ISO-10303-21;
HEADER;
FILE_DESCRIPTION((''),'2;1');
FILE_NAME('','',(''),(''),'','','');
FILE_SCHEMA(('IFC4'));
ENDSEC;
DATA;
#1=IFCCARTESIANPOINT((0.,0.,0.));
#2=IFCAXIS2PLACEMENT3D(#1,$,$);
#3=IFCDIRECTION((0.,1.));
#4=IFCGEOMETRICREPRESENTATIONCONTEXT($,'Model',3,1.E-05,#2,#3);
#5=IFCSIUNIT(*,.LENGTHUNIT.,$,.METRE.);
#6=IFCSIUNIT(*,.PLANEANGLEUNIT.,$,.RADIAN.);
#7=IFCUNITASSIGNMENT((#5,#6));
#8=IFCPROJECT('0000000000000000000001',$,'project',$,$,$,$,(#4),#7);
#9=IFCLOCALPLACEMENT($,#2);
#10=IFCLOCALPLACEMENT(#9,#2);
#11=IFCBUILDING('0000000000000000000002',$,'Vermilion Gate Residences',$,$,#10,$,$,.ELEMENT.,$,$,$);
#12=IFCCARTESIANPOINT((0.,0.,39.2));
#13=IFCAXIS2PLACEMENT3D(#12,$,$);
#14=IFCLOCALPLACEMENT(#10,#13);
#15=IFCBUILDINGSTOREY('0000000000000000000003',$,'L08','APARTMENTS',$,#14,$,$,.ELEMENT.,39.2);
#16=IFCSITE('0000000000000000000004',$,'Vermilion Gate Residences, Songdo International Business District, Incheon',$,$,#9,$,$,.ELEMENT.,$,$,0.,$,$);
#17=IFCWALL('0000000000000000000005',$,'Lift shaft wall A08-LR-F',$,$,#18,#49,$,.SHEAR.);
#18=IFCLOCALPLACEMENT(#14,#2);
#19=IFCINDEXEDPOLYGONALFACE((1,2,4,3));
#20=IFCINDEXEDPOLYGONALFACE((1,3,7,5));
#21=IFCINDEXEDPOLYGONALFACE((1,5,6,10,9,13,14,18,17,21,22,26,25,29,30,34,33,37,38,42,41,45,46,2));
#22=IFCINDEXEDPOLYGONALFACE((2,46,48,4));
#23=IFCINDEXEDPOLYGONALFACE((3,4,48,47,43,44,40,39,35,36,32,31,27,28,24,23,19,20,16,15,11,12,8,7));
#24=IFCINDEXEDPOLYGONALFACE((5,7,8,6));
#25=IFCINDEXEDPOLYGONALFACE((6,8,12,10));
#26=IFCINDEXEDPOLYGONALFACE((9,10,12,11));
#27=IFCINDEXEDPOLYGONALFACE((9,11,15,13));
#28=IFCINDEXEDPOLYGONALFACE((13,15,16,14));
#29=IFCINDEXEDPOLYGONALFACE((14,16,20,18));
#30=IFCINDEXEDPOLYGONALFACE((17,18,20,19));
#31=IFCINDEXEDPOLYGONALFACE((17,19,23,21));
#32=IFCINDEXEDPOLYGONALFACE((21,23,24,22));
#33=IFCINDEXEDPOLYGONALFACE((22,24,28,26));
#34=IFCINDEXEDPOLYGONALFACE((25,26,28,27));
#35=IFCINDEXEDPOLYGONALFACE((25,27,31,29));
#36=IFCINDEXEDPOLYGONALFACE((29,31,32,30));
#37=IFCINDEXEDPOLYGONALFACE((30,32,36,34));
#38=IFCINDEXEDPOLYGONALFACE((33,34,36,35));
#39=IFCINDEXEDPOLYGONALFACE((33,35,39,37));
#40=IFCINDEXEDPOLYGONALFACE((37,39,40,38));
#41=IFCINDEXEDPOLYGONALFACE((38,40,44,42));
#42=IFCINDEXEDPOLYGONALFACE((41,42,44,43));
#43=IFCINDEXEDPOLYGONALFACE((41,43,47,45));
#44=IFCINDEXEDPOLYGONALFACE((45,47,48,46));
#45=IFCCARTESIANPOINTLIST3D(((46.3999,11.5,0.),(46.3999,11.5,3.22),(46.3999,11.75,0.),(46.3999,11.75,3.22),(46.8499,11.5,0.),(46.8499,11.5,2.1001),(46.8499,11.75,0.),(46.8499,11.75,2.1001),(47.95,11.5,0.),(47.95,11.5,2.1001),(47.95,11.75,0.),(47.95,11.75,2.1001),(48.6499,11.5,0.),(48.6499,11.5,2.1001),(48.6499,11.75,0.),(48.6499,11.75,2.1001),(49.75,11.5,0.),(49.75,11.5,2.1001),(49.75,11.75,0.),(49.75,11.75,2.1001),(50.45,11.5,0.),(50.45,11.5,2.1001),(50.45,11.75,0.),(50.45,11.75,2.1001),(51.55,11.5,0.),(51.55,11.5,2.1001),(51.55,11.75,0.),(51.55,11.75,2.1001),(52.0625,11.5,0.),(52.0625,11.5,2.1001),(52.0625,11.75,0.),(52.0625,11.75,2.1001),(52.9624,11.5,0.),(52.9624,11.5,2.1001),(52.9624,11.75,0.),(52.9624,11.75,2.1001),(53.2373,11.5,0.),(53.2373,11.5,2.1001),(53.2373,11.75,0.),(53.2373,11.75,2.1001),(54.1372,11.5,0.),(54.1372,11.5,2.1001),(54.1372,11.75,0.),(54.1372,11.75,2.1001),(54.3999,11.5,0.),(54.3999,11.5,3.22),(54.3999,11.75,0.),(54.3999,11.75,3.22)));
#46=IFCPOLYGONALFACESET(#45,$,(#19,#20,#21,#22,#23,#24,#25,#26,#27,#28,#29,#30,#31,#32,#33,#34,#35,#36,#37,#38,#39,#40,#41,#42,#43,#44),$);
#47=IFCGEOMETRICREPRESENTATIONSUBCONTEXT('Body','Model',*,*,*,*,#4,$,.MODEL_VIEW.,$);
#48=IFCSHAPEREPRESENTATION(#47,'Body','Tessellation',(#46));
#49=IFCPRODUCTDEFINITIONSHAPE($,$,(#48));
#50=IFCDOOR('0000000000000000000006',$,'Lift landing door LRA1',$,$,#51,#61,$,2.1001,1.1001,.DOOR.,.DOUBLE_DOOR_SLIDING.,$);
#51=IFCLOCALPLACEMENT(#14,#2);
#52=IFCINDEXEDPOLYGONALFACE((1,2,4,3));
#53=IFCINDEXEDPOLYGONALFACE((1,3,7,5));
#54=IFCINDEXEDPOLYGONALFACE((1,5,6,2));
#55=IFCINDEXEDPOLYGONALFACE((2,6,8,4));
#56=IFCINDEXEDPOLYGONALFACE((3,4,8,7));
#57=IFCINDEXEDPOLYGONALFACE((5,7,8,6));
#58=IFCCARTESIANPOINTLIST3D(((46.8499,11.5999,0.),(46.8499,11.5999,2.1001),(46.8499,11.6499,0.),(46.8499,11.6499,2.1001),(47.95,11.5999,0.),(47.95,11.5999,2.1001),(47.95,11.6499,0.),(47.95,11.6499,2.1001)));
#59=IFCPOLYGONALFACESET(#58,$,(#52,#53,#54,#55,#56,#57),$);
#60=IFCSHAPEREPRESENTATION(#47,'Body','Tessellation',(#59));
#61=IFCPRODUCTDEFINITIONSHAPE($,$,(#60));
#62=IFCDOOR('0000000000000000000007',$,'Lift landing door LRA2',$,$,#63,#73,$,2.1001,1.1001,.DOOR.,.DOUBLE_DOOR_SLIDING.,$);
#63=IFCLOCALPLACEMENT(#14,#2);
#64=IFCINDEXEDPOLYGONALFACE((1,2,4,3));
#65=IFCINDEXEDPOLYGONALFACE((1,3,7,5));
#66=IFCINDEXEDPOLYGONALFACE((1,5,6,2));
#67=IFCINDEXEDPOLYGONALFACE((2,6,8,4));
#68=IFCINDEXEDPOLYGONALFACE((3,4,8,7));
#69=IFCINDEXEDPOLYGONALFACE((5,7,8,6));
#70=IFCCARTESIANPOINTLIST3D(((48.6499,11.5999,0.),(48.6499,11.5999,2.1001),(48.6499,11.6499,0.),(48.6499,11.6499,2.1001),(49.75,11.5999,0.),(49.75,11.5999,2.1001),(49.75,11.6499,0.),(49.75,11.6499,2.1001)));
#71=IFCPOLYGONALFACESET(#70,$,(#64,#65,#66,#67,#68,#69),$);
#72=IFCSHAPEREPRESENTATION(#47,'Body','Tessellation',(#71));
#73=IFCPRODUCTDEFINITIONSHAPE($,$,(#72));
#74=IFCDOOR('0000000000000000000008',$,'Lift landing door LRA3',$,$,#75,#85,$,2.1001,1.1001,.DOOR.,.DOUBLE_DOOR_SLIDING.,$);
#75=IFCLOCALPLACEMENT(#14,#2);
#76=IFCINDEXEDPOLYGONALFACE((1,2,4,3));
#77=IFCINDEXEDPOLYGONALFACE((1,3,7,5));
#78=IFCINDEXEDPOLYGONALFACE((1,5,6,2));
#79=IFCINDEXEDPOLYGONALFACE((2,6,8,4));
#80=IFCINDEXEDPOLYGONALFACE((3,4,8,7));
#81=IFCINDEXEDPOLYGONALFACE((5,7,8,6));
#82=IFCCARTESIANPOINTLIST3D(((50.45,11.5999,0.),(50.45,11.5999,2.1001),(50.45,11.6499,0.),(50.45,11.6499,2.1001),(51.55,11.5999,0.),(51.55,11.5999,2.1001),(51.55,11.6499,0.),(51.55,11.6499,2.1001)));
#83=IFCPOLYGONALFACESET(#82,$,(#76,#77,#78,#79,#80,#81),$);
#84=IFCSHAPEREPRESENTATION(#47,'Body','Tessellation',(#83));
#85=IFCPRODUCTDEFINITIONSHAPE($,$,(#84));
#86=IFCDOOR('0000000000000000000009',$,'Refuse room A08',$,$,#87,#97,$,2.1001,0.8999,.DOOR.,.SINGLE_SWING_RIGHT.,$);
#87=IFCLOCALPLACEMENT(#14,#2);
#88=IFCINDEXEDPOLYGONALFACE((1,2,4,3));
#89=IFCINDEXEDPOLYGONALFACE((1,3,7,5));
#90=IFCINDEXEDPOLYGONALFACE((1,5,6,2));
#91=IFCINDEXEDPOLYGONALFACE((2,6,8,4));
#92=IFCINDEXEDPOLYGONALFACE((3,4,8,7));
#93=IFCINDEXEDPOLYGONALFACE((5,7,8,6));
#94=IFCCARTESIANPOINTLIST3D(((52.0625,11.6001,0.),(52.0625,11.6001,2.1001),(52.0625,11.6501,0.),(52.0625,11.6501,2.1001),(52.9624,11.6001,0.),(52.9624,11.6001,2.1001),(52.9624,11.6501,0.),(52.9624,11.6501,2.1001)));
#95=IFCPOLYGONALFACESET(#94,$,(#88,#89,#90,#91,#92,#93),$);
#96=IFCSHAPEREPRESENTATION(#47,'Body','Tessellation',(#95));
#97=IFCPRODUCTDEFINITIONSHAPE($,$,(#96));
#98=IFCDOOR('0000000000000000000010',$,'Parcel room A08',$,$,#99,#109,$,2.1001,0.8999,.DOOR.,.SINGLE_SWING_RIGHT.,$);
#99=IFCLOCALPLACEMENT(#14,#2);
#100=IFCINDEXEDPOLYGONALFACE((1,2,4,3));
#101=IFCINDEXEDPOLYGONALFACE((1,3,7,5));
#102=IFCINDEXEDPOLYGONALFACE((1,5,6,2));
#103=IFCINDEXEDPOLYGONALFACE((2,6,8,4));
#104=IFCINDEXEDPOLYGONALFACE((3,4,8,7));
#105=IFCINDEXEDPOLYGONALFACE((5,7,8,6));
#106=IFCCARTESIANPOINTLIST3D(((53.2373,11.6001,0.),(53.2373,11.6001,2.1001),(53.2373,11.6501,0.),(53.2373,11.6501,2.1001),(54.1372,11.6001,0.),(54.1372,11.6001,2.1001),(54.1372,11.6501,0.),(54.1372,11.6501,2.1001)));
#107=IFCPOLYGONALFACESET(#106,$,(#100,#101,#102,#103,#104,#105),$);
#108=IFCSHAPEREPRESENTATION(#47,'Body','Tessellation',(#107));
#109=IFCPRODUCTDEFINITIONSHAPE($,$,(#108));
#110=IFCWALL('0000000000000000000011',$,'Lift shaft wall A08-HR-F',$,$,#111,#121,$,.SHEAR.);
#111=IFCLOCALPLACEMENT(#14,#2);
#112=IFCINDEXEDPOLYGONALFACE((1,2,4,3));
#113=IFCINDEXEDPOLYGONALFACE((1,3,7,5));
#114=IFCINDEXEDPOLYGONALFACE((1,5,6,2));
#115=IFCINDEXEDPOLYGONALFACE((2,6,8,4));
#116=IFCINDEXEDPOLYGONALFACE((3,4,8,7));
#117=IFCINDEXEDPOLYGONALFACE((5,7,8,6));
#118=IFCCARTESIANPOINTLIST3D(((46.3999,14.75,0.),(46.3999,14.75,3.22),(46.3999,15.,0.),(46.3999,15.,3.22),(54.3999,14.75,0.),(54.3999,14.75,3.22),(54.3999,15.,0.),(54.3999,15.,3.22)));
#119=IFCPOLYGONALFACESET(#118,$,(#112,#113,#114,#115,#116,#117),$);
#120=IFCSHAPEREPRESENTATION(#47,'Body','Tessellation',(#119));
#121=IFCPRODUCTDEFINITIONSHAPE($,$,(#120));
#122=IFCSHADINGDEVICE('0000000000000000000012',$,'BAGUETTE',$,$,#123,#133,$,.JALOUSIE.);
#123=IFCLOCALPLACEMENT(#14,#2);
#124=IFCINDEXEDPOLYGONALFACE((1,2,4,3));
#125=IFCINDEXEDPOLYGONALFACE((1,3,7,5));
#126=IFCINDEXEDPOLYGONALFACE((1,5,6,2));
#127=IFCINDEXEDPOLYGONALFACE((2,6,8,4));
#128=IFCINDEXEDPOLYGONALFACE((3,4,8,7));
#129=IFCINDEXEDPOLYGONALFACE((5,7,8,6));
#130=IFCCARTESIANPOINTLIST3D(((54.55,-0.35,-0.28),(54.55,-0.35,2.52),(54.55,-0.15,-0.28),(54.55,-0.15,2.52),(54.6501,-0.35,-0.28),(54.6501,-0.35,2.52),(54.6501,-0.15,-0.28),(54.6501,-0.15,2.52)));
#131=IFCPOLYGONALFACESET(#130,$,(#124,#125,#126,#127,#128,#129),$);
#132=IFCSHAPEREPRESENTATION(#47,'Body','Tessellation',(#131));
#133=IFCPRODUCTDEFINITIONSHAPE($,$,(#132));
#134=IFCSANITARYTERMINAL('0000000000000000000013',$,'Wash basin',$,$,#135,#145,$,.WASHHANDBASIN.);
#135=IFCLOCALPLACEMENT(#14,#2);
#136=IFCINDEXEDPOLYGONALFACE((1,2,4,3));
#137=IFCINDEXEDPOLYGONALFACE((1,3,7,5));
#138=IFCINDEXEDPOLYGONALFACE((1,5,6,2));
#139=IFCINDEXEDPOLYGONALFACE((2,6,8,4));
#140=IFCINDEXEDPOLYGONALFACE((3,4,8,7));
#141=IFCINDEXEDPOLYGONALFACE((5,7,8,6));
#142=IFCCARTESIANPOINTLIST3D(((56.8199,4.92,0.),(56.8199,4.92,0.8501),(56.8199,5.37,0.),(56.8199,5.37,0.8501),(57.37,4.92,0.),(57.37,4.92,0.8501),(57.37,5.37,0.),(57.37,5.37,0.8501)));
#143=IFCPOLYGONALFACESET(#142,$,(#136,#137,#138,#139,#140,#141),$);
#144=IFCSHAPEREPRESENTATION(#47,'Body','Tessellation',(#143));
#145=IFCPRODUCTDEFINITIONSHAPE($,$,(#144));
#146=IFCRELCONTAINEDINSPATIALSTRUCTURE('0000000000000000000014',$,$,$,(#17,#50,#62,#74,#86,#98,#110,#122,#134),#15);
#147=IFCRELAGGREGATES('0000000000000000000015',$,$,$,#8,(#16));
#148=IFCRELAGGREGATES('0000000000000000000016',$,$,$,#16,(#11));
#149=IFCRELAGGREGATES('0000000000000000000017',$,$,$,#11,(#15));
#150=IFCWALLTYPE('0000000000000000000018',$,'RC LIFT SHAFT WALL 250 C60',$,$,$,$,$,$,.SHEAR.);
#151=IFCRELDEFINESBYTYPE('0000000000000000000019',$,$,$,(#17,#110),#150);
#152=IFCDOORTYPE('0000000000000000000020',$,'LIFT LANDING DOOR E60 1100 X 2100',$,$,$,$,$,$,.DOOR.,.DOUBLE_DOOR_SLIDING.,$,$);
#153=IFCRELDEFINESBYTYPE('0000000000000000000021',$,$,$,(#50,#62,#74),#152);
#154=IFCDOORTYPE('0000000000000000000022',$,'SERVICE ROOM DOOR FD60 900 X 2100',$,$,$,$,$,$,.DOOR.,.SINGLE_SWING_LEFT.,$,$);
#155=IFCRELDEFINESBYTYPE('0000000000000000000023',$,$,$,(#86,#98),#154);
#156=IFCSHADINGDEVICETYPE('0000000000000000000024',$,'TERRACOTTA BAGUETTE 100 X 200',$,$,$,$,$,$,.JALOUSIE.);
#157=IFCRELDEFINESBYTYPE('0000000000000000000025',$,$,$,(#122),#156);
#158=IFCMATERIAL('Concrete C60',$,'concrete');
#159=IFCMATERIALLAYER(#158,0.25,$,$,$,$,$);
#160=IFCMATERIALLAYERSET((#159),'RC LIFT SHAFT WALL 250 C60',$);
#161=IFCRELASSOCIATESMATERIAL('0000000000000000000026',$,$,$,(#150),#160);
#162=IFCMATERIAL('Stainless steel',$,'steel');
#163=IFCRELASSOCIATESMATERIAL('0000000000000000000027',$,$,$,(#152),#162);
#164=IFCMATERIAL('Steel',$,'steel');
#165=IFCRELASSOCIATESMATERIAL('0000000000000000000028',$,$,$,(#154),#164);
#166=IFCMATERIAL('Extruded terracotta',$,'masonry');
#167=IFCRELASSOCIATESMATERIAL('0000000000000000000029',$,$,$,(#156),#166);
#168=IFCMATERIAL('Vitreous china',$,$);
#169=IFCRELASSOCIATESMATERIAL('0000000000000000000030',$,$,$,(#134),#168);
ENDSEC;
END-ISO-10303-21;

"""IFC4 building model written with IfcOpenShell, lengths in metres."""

from ifc_helpers import new_model, si_unit, direction, frame, frame_2d, origin, origin_2d, place, context, subcontext, project, spatial, rectangle, extrude, material, layer, layer_set, material_profile, profile_set, type_object, element, fill, save


model = new_model("IFC4")

# Units and contexts
model_context = context("Model", 3, precision=1e-05, world=origin(), true_north=direction((0.0, 1.0)))
body_context = subcontext(model_context, "Body", "Model", "MODEL_VIEW")
ifc_project = project(units=[si_unit("LENGTHUNIT", "METRE"), si_unit("PLANEANGLEUNIT", "RADIAN")], contexts=[model_context])

# Site, building, storey
site_placement = place(None, origin())
site = spatial("IfcSite", under=ifc_project, at=site_placement, Name="Vermilion Gate Residences, Songdo International Business District, Incheon", CompositionType="ELEMENT", RefElevation=0.0)
building_placement = place(site_placement, origin())
building = spatial("IfcBuilding", under=site, at=building_placement, Name="Vermilion Gate Residences", CompositionType="ELEMENT")
storey_placement = place(building_placement, frame((0.0, 0.0, 39.2)))
storey = spatial("IfcBuildingStorey", under=building, at=storey_placement, Name="L08", Description="APARTMENTS", CompositionType="ELEMENT", Elevation=39.2)

# Wall, openings, doors
ifc_material_1 = material(Name="Concrete C60", Category="concrete")
ifc_layer_1 = layer(ifc_material_1, 0.25)
ifc_layer_set_1 = layer_set([ifc_layer_1], Name="RC LIFT SHAFT WALL 250 C60")
wall_type_1 = type_object("IfcWallType", Name="RC LIFT SHAFT WALL 250 C60", PredefinedType="SHEAR", material=ifc_layer_set_1)
wall_1_placement = place(storey_placement, frame((46.3999, 11.625, 0.0), z_axis=(0.0, 0.0, 1.0), x_axis=(1.0, 0.0, 0.0)))
wall_1 = element("IfcWall", 1, at=wall_1_placement, inside=storey, type_object=wall_type_1, Name="Lift shaft wall A08-LR-F", PredefinedType="SHEAR", context=body_context, shape_type="SweptSolid", body=[
    extrude(rectangle(XDim=8.0, YDim=0.25, at=frame_2d((4.0, 0.0))), origin(), (0.0, 0.0, 1.0), 3.22),
])
opening_1_placement = place(wall_1_placement, frame((0.45, 0.0, 0.0)))
opening_1 = element("IfcOpeningElement", 2, at=opening_1_placement, cuts=wall_1, PredefinedType="OPENING", context=body_context, shape_type="SweptSolid", body=[
    extrude(rectangle(XDim=1.1001, YDim=2.1001, at=frame_2d((0.55, 1.05))), frame((0.0, 0.135, 0.0), z_axis=(0.0, -1.0, 0.0), x_axis=(1.0, 0.0, 0.0)), (0.0, 0.0, 1.0), 0.27),
])
opening_2_placement = place(wall_1_placement, frame((2.25, 0.0, 0.0)))
opening_2 = element("IfcOpeningElement", 3, at=opening_2_placement, cuts=wall_1, PredefinedType="OPENING", context=body_context, shape_type="SweptSolid", body=[
    extrude(rectangle(XDim=1.1001, YDim=2.1001, at=frame_2d((0.55, 1.05))), frame((0.0, 0.135, 0.0), z_axis=(0.0, -1.0, 0.0), x_axis=(1.0, 0.0, 0.0)), (0.0, 0.0, 1.0), 0.27),
])
opening_3_placement = place(wall_1_placement, frame((4.05, 0.0, 0.0)))
opening_3 = element("IfcOpeningElement", 4, at=opening_3_placement, cuts=wall_1, PredefinedType="OPENING", context=body_context, shape_type="SweptSolid", body=[
    extrude(rectangle(XDim=1.1001, YDim=2.1001, at=frame_2d((0.55, 1.05))), frame((0.0, 0.135, 0.0), z_axis=(0.0, -1.0, 0.0), x_axis=(1.0, 0.0, 0.0)), (0.0, 0.0, 1.0), 0.27),
])
opening_4_placement = place(wall_1_placement, frame((5.6626, 0.0, 0.0)))
opening_4 = element("IfcOpeningElement", 5, at=opening_4_placement, cuts=wall_1, PredefinedType="OPENING", context=body_context, shape_type="SweptSolid", body=[
    extrude(rectangle(XDim=0.8999, YDim=2.1001, at=frame_2d((0.45, 1.05))), frame((0.0, 0.135, 0.0), z_axis=(0.0, -1.0, 0.0), x_axis=(1.0, 0.0, 0.0)), (0.0, 0.0, 1.0), 0.27),
])
opening_5_placement = place(wall_1_placement, frame((6.8374, 0.0, 0.0)))
opening_5 = element("IfcOpeningElement", 6, at=opening_5_placement, cuts=wall_1, PredefinedType="OPENING", context=body_context, shape_type="SweptSolid", body=[
    extrude(rectangle(XDim=0.8999, YDim=2.1001, at=frame_2d((0.45, 1.05))), frame((0.0, 0.135, 0.0), z_axis=(0.0, -1.0, 0.0), x_axis=(1.0, 0.0, 0.0)), (0.0, 0.0, 1.0), 0.27),
])
ifc_material_2 = material(Name="Stainless steel", Category="steel")
door_type_1 = type_object("IfcDoorType", Name="LIFT LANDING DOOR E60 1100 X 2100", OperationType="DOUBLE_DOOR_SLIDING", PredefinedType="DOOR", material=ifc_material_2)
door_1_placement = place(opening_1_placement, origin())
door_1 = element("IfcDoor", 7, at=door_1_placement, inside=storey, type_object=door_type_1, Name="Lift landing door LRA1", OperationType="DOUBLE_DOOR_SLIDING", OverallHeight=2.1001, OverallWidth=1.1001, PredefinedType="DOOR", context=body_context, shape_type="SweptSolid", body=[
    extrude(rectangle(XDim=1.1001, YDim=2.1001, at=frame_2d((0.55, 1.05))), frame((0.0, 0.0249, 0.0), z_axis=(0.0, -1.0, 0.0), x_axis=(1.0, 0.0, 0.0)), (0.0, 0.0, 1.0), 0.05),
])
fill(opening_1, door_1)
door_2_placement = place(opening_2_placement, origin())
door_2 = element("IfcDoor", 8, at=door_2_placement, inside=storey, type_object=door_type_1, Name="Lift landing door LRA2", OperationType="DOUBLE_DOOR_SLIDING", OverallHeight=2.1001, OverallWidth=1.1001, PredefinedType="DOOR", context=body_context, shape_type="SweptSolid", body=[
    extrude(rectangle(XDim=1.1001, YDim=2.1001, at=frame_2d((0.55, 1.05))), frame((0.0, 0.0249, 0.0), z_axis=(0.0, -1.0, 0.0), x_axis=(1.0, 0.0, 0.0)), (0.0, 0.0, 1.0), 0.05),
])
fill(opening_2, door_2)
door_3_placement = place(opening_3_placement, origin())
door_3 = element("IfcDoor", 9, at=door_3_placement, inside=storey, type_object=door_type_1, Name="Lift landing door LRA3", OperationType="DOUBLE_DOOR_SLIDING", OverallHeight=2.1001, OverallWidth=1.1001, PredefinedType="DOOR", context=body_context, shape_type="SweptSolid", body=[
    extrude(rectangle(XDim=1.1001, YDim=2.1001, at=frame_2d((0.55, 1.05))), frame((0.0, 0.0249, 0.0), z_axis=(0.0, -1.0, 0.0), x_axis=(1.0, 0.0, 0.0)), (0.0, 0.0, 1.0), 0.05),
])
fill(opening_3, door_3)
ifc_material_3 = material(Name="Steel", Category="steel")
door_type_2 = type_object("IfcDoorType", Name="SERVICE ROOM DOOR FD60 900 X 2100", OperationType="SINGLE_SWING_LEFT", PredefinedType="DOOR", material=ifc_material_3)
door_4_placement = place(opening_4_placement, frame((0.8999, 0.0, 0.0), z_axis=(0.0, 0.0, 1.0), x_axis=(-1.0, 0.0, 0.0)))
door_4 = element("IfcDoor", 10, at=door_4_placement, inside=storey, type_object=door_type_2, Name="Refuse room A08", OperationType="SINGLE_SWING_RIGHT", OverallHeight=2.1001, OverallWidth=0.8999, PredefinedType="DOOR", context=body_context, shape_type="SweptSolid", body=[
    extrude(rectangle(XDim=0.8999, YDim=2.1001, at=frame_2d((0.45, 1.05))), frame((0.0, 0.0249, 0.0), z_axis=(0.0, -1.0, 0.0), x_axis=(1.0, 0.0, 0.0)), (0.0, 0.0, 1.0), 0.05),
])
fill(opening_4, door_4)
door_5_placement = place(opening_5_placement, frame((0.8999, 0.0, 0.0), z_axis=(0.0, 0.0, 1.0), x_axis=(-1.0, 0.0, 0.0)))
door_5 = element("IfcDoor", 11, at=door_5_placement, inside=storey, type_object=door_type_2, Name="Parcel room A08", OperationType="SINGLE_SWING_RIGHT", OverallHeight=2.1001, OverallWidth=0.8999, PredefinedType="DOOR", context=body_context, shape_type="SweptSolid", body=[
    extrude(rectangle(XDim=0.8999, YDim=2.1001, at=frame_2d((0.45, 1.05))), frame((0.0, 0.0249, 0.0), z_axis=(0.0, -1.0, 0.0), x_axis=(1.0, 0.0, 0.0)), (0.0, 0.0, 1.0), 0.05),
])
fill(opening_5, door_5)

# Wall
wall_2_placement = place(storey_placement, frame((46.3999, 14.875, 0.0), z_axis=(0.0, 0.0, 1.0), x_axis=(1.0, 0.0, 0.0)))
element("IfcWall", 12, at=wall_2_placement, inside=storey, type_object=wall_type_1, Name="Lift shaft wall A08-HR-F", PredefinedType="SHEAR", context=body_context, shape_type="SweptSolid", body=[
    extrude(rectangle(XDim=8.0, YDim=0.25, at=frame_2d((4.0, 0.0))), origin(), (0.0, 0.0, 1.0), 3.22),
])

# Shading device
ifc_material_4 = material(Name="Extruded terracotta", Category="masonry")
ifc_material_profile_1 = material_profile(ifc_material_4, rectangle(XDim=0.2, YDim=0.1001, at=origin_2d()), Name="BAGUETTE 100 X 200")
ifc_profile_set_1 = profile_set([ifc_material_profile_1], Name="Extruded terracotta")
shading_device_type = type_object("IfcShadingDeviceType", Name="TERRACOTTA BAGUETTE 100 X 200", PredefinedType="JALOUSIE", material=ifc_profile_set_1)
shading_device_placement = place(storey_placement, frame((54.6001, -0.25, -0.28), z_axis=(0.0, 0.0, 1.0), x_axis=(0.0, 1.0, 0.0)))
element("IfcShadingDevice", 13, at=shading_device_placement, inside=storey, type_object=shading_device_type, Name="BAGUETTE", PredefinedType="JALOUSIE", context=body_context, shape_type="SweptSolid", body=[
    extrude(rectangle(XDim=0.2, YDim=0.1001, at=origin_2d()), origin(), (0.0, 0.0, 1.0), 2.8),
])

# Sanitary terminal
ifc_material_5 = material(Name="Vitreous china")
sanitary_terminal_placement = place(storey_placement, frame((57.095, 5.145, 0.0), z_axis=(0.0, 0.0, 1.0), x_axis=(1.0, 0.0, 0.0)))
element("IfcSanitaryTerminal", 14, at=sanitary_terminal_placement, inside=storey, material=ifc_material_5, Name="Wash basin", PredefinedType="WASHHANDBASIN", context=body_context, shape_type="SweptSolid", body=[
    extrude(rectangle(XDim=0.55, YDim=0.45, at=origin_2d()), origin(), (0.0, 0.0, 1.0), 0.8501),
])

save(model, "model.ifc")
